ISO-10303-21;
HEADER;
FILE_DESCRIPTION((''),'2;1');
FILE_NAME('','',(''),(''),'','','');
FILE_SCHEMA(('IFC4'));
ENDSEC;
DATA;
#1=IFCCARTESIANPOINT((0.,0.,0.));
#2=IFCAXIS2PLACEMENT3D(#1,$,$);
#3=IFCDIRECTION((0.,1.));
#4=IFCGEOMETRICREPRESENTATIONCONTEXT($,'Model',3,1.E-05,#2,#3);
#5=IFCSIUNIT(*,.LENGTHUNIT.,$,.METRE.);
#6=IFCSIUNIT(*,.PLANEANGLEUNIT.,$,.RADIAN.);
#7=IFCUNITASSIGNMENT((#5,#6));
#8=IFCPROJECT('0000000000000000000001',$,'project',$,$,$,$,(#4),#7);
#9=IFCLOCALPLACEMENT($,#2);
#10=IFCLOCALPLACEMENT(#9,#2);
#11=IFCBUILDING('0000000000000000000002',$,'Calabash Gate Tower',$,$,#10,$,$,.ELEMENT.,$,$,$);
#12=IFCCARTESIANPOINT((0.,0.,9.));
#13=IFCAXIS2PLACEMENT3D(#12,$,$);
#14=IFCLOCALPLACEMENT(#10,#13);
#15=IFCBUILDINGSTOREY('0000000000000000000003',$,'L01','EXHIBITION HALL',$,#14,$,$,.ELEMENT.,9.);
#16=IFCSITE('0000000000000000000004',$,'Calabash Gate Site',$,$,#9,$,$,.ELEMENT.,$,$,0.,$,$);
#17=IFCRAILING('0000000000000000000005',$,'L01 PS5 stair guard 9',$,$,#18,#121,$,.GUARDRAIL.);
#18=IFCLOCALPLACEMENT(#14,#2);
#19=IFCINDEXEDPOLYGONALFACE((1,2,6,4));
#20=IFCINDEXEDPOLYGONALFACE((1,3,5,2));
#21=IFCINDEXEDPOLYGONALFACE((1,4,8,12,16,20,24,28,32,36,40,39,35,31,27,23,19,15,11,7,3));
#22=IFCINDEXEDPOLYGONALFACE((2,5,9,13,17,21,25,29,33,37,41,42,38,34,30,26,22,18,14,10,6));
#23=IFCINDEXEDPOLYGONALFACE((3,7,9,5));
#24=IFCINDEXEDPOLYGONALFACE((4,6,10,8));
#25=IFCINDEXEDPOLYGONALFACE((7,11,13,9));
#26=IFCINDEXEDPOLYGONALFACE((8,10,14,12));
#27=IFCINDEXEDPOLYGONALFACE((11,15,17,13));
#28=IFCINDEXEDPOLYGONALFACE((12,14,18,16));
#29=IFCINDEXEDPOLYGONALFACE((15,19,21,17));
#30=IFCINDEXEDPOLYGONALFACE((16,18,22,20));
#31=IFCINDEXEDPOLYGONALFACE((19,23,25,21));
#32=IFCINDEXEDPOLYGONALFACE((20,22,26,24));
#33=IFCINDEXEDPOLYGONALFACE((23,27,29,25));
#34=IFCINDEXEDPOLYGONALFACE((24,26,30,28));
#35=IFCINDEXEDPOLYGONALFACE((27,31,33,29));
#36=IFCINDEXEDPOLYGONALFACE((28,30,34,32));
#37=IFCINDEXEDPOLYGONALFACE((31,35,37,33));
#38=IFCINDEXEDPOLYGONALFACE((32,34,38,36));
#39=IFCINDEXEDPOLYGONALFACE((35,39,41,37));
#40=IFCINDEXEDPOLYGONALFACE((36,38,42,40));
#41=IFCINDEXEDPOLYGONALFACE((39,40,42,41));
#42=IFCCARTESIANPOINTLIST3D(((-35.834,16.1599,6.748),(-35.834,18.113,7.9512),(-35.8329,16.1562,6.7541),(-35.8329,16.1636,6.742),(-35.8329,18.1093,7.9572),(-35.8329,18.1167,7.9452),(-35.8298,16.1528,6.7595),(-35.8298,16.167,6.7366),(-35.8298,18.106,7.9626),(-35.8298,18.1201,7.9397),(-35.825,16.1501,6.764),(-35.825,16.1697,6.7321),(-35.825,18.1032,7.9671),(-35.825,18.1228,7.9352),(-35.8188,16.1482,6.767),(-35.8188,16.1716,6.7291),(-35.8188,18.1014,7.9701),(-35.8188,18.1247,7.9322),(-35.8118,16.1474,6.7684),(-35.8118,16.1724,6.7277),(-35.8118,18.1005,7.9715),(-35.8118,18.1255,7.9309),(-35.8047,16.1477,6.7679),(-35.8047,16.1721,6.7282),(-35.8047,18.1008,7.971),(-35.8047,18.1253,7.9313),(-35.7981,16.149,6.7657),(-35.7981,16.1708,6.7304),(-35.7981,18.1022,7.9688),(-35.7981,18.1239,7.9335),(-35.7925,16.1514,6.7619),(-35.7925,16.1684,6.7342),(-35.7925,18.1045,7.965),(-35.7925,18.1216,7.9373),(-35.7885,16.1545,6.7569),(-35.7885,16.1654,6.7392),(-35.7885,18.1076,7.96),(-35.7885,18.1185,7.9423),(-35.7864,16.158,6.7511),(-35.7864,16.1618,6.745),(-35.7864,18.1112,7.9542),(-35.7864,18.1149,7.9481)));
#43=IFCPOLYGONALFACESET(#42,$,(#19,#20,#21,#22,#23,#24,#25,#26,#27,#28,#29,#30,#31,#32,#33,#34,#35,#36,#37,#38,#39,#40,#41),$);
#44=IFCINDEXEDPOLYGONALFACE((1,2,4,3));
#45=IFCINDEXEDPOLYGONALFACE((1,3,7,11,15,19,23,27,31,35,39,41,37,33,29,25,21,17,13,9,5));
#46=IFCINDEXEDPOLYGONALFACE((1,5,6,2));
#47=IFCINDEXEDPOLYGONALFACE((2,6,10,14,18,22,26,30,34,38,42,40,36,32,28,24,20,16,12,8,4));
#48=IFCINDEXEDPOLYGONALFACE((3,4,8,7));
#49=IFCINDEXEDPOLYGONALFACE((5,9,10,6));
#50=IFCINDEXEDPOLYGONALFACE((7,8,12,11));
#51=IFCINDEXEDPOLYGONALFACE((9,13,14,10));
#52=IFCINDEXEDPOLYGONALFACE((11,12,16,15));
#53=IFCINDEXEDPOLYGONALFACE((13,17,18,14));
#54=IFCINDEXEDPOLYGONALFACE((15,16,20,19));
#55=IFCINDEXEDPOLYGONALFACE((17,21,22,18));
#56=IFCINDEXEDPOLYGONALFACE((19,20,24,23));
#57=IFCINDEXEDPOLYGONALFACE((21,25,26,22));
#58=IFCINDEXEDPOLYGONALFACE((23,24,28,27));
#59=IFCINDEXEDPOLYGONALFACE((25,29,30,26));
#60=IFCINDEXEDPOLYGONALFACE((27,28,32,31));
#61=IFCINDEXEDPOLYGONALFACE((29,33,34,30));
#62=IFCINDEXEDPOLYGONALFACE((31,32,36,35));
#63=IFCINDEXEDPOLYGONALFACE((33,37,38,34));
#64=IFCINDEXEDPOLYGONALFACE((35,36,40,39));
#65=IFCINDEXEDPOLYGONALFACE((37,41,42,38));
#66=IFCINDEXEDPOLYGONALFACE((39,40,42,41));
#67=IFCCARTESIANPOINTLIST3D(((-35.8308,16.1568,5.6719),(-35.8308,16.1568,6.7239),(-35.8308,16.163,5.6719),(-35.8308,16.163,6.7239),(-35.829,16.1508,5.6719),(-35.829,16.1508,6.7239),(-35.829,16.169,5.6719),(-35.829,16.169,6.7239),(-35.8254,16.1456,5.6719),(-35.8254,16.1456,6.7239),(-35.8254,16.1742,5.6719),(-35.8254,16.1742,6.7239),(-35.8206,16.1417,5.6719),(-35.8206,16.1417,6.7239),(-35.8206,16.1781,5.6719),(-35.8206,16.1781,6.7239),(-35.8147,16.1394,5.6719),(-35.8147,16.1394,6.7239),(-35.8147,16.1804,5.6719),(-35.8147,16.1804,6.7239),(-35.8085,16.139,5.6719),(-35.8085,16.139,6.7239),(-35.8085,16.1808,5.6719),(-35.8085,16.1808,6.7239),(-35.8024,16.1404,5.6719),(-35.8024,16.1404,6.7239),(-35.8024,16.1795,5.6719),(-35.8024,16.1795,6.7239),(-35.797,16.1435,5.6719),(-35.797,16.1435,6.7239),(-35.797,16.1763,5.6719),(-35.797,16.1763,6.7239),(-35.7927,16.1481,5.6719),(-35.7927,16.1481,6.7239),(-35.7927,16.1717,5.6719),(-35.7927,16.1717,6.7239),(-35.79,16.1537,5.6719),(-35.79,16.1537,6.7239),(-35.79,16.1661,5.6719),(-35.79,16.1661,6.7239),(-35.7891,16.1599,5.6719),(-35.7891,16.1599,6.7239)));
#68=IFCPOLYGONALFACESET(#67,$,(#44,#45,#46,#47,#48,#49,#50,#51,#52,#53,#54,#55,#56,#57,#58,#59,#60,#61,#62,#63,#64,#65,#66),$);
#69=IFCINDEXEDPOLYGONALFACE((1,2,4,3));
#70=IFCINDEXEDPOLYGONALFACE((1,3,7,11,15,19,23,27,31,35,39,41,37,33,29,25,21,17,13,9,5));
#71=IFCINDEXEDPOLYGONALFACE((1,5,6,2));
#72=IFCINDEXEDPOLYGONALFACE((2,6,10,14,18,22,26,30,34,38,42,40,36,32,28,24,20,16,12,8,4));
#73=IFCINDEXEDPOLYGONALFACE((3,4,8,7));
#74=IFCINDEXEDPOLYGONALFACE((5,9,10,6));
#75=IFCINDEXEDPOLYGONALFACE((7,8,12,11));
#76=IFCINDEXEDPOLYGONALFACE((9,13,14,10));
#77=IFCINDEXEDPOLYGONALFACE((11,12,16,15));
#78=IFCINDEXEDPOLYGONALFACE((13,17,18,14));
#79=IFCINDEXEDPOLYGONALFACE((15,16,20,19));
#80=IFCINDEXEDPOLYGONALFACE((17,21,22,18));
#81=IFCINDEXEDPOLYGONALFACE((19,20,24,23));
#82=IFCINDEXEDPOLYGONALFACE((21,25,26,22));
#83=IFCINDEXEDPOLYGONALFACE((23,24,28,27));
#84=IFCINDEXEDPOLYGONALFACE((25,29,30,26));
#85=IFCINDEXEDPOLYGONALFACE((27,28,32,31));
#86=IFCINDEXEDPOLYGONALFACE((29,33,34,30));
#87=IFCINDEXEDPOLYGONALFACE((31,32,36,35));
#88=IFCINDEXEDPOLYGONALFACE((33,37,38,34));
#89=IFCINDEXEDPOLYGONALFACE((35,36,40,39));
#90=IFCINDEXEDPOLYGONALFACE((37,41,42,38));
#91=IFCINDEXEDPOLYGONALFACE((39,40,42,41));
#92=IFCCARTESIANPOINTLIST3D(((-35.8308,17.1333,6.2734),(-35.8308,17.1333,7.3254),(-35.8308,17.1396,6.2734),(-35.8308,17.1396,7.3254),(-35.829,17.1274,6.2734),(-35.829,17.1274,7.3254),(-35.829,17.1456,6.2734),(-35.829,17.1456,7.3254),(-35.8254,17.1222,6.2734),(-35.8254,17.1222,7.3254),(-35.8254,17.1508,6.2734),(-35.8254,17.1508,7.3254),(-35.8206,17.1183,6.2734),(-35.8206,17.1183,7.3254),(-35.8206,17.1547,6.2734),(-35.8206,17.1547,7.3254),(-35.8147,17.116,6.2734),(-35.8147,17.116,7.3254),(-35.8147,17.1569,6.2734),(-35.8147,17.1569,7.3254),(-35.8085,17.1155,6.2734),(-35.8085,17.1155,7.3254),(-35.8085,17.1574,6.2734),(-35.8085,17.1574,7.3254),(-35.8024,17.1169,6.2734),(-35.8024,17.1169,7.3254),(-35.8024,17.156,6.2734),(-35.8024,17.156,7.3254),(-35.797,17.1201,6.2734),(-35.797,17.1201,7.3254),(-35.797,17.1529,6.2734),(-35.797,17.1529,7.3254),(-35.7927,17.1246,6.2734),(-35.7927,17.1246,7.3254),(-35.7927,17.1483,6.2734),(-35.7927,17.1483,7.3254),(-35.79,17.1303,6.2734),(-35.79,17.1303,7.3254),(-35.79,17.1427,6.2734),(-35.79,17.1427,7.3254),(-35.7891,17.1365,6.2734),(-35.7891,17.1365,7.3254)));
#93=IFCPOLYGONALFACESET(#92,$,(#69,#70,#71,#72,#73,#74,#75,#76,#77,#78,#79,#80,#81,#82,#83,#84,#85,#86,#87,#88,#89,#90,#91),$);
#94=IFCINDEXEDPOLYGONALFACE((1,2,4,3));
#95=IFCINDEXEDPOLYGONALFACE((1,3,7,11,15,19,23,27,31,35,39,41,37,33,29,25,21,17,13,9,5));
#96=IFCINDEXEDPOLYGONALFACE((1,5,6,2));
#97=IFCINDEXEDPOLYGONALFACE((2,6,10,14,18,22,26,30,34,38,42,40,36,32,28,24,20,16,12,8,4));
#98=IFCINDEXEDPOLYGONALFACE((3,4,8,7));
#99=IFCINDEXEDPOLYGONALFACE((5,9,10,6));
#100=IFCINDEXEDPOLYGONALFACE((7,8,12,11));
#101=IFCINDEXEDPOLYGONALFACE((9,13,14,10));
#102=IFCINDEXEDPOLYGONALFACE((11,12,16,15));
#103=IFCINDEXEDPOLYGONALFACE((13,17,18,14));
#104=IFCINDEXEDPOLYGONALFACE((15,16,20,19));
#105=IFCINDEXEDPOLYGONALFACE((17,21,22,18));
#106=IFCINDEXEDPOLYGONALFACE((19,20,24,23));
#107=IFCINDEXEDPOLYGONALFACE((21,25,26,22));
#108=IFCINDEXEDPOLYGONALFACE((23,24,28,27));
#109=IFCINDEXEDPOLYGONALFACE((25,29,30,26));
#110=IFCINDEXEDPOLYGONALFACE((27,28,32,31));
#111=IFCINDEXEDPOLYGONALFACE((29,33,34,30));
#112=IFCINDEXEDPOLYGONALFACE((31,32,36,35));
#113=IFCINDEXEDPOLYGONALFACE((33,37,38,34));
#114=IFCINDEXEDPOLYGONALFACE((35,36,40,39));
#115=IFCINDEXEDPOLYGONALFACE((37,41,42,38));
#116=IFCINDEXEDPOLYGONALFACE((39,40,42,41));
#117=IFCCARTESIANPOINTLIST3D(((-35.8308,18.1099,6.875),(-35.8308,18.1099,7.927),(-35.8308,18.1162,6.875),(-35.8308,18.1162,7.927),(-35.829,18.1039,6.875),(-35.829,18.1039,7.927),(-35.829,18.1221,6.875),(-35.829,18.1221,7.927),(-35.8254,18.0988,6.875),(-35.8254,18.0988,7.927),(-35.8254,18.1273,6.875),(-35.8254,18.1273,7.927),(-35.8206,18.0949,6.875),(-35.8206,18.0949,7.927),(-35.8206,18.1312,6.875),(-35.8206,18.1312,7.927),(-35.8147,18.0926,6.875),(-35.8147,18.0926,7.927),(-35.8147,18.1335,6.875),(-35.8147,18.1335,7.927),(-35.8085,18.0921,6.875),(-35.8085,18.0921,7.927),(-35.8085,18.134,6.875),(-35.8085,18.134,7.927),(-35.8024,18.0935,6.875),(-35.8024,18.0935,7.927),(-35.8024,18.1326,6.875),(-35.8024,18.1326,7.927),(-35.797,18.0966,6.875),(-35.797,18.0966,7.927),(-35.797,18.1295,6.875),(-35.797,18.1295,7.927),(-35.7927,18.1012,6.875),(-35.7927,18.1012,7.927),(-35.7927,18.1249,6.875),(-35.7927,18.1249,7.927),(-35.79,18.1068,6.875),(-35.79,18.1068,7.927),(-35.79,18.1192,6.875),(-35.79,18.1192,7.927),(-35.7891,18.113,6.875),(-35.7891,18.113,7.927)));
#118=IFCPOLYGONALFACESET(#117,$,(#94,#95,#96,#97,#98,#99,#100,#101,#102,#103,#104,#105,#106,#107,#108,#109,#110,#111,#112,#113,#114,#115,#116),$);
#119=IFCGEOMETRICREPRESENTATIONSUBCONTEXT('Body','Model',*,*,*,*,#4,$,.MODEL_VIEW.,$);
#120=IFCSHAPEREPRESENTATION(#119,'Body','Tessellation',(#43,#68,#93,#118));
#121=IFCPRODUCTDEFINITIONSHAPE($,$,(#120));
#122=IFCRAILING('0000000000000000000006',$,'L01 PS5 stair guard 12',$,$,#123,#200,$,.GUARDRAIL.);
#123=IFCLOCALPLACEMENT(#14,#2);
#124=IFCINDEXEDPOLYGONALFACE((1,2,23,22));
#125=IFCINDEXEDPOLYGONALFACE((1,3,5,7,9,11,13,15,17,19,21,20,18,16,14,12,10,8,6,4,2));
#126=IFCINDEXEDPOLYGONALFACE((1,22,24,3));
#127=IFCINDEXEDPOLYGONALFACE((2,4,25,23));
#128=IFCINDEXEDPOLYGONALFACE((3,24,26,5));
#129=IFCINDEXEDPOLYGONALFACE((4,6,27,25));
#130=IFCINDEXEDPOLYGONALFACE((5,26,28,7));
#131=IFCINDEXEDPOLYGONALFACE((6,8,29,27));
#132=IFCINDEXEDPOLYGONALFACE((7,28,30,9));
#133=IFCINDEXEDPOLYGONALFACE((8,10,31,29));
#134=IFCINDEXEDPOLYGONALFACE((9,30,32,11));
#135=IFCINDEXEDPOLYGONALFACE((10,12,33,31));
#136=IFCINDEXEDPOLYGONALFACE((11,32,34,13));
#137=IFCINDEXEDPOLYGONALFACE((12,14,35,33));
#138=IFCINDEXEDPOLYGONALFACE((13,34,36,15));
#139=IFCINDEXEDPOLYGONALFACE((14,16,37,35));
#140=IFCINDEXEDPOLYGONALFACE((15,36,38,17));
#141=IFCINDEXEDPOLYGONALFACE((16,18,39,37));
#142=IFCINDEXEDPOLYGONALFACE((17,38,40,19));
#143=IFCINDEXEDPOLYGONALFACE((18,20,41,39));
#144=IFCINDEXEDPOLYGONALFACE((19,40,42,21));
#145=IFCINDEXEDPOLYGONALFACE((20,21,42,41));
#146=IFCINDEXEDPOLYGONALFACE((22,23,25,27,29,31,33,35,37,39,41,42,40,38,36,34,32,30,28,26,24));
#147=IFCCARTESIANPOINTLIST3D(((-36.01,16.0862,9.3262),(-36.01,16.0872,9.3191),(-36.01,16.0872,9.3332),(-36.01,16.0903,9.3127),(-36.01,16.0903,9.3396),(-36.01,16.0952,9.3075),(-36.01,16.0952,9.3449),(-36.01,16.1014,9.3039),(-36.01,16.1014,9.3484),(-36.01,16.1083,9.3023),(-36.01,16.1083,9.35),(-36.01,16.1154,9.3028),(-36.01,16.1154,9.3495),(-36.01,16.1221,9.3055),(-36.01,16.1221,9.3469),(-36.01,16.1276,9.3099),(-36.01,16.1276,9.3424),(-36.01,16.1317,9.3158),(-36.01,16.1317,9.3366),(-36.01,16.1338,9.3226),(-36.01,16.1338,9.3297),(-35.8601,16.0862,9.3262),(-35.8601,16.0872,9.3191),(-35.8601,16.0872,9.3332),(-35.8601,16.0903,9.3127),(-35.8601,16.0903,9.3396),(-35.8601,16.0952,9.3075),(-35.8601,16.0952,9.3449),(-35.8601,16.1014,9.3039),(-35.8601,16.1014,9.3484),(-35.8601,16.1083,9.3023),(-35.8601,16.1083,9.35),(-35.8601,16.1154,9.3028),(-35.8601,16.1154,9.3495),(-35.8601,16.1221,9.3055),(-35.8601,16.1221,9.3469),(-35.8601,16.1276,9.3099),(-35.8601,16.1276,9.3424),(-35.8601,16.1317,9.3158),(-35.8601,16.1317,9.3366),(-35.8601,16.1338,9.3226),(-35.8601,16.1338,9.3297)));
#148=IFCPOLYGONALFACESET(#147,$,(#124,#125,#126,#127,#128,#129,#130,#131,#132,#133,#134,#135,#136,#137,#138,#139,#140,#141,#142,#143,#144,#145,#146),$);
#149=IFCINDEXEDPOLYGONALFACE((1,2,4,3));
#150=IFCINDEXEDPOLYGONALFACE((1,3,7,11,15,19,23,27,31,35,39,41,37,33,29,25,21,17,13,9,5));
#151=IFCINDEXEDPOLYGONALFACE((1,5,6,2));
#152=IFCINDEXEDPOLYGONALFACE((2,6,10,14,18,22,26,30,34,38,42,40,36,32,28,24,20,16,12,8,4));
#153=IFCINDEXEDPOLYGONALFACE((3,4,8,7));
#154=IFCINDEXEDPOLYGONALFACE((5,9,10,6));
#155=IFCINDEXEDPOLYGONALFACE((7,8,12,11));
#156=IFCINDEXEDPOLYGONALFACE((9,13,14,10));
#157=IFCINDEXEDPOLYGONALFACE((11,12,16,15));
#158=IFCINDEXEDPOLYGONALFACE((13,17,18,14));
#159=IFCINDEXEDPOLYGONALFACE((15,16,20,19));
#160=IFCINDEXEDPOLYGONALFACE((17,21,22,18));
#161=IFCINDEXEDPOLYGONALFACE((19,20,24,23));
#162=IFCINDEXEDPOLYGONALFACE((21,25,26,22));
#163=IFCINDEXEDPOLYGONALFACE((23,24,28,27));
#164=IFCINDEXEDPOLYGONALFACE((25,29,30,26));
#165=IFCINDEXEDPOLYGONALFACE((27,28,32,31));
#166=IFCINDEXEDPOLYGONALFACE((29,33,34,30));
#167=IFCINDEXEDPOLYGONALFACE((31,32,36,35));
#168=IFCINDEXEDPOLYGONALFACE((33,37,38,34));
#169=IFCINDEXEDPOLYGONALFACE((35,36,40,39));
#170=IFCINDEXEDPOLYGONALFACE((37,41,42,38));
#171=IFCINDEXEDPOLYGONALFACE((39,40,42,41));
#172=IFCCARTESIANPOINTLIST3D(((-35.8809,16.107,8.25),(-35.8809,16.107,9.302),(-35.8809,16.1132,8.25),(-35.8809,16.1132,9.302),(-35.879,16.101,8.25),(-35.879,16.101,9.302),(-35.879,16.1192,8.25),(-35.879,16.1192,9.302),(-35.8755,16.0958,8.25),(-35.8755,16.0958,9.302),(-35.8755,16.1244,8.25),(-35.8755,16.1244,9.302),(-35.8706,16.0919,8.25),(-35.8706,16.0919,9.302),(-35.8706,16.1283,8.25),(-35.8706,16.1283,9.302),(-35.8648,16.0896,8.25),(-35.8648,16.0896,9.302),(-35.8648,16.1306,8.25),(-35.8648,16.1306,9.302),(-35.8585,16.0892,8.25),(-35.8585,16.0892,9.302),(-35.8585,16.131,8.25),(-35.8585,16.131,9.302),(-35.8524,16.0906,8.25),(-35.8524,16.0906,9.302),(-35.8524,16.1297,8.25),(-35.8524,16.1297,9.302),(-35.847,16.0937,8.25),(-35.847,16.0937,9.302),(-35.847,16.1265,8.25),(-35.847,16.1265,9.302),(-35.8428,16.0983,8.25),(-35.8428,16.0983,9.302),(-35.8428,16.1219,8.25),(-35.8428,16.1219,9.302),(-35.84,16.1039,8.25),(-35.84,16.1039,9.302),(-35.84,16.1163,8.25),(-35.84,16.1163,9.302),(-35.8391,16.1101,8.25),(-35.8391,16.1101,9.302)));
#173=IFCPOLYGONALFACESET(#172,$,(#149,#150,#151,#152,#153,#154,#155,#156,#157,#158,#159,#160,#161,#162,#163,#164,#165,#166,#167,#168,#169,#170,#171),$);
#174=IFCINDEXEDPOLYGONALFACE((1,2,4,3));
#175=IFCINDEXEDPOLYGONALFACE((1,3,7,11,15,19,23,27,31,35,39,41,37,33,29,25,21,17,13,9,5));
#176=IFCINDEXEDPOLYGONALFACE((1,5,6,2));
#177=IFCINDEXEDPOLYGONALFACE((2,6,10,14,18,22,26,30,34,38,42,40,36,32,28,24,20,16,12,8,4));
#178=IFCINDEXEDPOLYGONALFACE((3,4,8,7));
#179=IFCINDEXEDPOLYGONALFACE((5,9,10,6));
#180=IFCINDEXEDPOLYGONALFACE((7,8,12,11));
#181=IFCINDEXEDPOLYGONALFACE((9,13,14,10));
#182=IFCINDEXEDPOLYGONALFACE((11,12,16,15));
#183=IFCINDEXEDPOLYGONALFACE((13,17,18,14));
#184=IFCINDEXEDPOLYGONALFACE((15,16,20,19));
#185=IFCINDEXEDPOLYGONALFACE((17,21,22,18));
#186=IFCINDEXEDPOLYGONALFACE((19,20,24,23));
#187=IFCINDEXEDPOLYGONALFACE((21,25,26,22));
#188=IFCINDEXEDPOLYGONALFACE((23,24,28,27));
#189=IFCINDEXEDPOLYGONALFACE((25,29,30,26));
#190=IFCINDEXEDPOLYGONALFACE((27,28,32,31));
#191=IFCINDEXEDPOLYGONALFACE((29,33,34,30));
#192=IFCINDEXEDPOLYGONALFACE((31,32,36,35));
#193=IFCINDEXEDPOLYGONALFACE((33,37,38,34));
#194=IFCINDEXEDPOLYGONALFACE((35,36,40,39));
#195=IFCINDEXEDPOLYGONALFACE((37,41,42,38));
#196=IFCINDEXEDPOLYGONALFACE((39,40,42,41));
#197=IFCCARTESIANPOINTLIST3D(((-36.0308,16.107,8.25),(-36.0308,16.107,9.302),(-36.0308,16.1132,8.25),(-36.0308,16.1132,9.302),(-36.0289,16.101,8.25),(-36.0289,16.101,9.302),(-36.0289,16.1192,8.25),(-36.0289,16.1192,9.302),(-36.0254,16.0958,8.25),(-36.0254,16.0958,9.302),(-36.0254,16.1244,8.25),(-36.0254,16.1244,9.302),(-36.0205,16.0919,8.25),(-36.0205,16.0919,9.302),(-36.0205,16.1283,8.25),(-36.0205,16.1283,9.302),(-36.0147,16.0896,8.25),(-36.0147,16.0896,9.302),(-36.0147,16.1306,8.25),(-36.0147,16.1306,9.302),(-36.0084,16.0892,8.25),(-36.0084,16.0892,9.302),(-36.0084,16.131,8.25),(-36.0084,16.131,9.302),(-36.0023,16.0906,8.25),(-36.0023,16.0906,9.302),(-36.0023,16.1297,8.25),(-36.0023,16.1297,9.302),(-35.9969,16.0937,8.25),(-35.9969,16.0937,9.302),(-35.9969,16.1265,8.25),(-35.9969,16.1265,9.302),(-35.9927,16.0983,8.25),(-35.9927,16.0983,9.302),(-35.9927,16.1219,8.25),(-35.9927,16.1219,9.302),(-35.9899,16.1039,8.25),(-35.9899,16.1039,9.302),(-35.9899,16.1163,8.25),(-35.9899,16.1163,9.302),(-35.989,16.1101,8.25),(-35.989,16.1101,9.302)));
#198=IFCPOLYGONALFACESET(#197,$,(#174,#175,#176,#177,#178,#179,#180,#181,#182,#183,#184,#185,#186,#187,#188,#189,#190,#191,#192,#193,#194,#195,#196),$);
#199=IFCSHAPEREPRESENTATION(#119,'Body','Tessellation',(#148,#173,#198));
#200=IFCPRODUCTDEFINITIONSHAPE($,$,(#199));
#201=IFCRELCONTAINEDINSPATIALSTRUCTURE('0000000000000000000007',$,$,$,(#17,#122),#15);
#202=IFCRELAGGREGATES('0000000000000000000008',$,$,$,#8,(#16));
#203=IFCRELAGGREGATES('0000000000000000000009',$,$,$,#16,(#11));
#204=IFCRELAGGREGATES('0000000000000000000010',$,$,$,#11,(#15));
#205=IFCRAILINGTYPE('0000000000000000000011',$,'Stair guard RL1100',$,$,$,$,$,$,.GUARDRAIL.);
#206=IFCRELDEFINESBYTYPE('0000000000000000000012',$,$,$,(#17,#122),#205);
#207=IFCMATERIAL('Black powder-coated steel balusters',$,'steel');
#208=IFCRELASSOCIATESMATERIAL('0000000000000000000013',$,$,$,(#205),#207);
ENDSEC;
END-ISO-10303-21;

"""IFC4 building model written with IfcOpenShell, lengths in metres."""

from ifc_helpers import new_model, si_unit, direction, frame, origin, origin_2d, place, context, subcontext, project, spatial, circle, extrude, material, type_object, element, save


model = new_model("IFC4")

# Units and contexts
model_context = context("Model", 3, precision=1e-05, world=origin(), true_north=direction((0.0, 1.0)))
body_context = subcontext(model_context, "Body", "Model", "MODEL_VIEW")
ifc_project = project(units=[si_unit("LENGTHUNIT", "METRE"), si_unit("PLANEANGLEUNIT", "RADIAN")], contexts=[model_context])

# Site, building, storey
site_placement = place(None, origin())
site = spatial("IfcSite", under=ifc_project, at=site_placement, Name="Calabash Gate Site", CompositionType="ELEMENT", RefElevation=0.0)
building_placement = place(site_placement, origin())
building = spatial("IfcBuilding", under=site, at=building_placement, Name="Calabash Gate Tower", CompositionType="ELEMENT")
storey_placement = place(building_placement, frame((0.0, 0.0, 9.0)))
storey = spatial("IfcBuildingStorey", under=building, at=storey_placement, Name="L01", Description="EXHIBITION HALL", CompositionType="ELEMENT", Elevation=9.0)

# Railings
ifc_material_1 = material(Name="Black powder-coated steel balusters", Category="steel")
railing_type_1 = type_object("IfcRailingType", Name="Stair guard RL1100", PredefinedType="GUARDRAIL", material=ifc_material_1)
railing_1_placement = place(storey_placement, frame((-35.8101, 16.1599, 5.6719)))
element("IfcRailing", 1, at=railing_1_placement, inside=storey, type_object=railing_type_1, Name="L01 PS5 stair guard 9", PredefinedType="GUARDRAIL", context=body_context, shape_type="SweptSolid", body=[
    extrude(circle(Radius=0.0239, at=origin_2d()), frame((0.0, 0.0, 1.0762), z_axis=(0.0, 0.851424, 0.524477), x_axis=(-1.0, 0.0, 0.0)), (0.0, 0.0, 1.0), 2.2939),
    extrude(circle(Radius=0.021, at=origin_2d()), origin(), (0.0, 0.0, 1.0), 1.052),
    extrude(circle(Radius=0.021, at=origin_2d()), frame((0.0, 0.9766, 0.6016)), (0.0, 0.0, 1.0), 1.052),
    extrude(circle(Radius=0.021, at=origin_2d()), frame((0.0, 1.9531, 1.2031)), (0.0, 0.0, 1.0), 1.052),
])
railing_2_placement = place(storey_placement, frame((-35.8601, 16.1101, 8.25)))
element("IfcRailing", 2, at=railing_2_placement, inside=storey, type_object=railing_type_1, Name="L01 PS5 stair guard 12", PredefinedType="GUARDRAIL", context=body_context, shape_type="SweptSolid", body=[
    extrude(circle(Radius=0.0239, at=origin_2d()), frame((0.0, 0.0, 1.0762), z_axis=(-1.0, 0.0, 0.0), x_axis=(0.0, -1.0, 0.0)), (0.0, 0.0, 1.0), 0.1499),
    extrude(circle(Radius=0.021, at=origin_2d()), origin(), (0.0, 0.0, 1.0), 1.052),
    extrude(circle(Radius=0.021, at=origin_2d()), frame((-0.1499, 0.0, 0.0)), (0.0, 0.0, 1.0), 1.052),
])

save(model, "model.ifc")
